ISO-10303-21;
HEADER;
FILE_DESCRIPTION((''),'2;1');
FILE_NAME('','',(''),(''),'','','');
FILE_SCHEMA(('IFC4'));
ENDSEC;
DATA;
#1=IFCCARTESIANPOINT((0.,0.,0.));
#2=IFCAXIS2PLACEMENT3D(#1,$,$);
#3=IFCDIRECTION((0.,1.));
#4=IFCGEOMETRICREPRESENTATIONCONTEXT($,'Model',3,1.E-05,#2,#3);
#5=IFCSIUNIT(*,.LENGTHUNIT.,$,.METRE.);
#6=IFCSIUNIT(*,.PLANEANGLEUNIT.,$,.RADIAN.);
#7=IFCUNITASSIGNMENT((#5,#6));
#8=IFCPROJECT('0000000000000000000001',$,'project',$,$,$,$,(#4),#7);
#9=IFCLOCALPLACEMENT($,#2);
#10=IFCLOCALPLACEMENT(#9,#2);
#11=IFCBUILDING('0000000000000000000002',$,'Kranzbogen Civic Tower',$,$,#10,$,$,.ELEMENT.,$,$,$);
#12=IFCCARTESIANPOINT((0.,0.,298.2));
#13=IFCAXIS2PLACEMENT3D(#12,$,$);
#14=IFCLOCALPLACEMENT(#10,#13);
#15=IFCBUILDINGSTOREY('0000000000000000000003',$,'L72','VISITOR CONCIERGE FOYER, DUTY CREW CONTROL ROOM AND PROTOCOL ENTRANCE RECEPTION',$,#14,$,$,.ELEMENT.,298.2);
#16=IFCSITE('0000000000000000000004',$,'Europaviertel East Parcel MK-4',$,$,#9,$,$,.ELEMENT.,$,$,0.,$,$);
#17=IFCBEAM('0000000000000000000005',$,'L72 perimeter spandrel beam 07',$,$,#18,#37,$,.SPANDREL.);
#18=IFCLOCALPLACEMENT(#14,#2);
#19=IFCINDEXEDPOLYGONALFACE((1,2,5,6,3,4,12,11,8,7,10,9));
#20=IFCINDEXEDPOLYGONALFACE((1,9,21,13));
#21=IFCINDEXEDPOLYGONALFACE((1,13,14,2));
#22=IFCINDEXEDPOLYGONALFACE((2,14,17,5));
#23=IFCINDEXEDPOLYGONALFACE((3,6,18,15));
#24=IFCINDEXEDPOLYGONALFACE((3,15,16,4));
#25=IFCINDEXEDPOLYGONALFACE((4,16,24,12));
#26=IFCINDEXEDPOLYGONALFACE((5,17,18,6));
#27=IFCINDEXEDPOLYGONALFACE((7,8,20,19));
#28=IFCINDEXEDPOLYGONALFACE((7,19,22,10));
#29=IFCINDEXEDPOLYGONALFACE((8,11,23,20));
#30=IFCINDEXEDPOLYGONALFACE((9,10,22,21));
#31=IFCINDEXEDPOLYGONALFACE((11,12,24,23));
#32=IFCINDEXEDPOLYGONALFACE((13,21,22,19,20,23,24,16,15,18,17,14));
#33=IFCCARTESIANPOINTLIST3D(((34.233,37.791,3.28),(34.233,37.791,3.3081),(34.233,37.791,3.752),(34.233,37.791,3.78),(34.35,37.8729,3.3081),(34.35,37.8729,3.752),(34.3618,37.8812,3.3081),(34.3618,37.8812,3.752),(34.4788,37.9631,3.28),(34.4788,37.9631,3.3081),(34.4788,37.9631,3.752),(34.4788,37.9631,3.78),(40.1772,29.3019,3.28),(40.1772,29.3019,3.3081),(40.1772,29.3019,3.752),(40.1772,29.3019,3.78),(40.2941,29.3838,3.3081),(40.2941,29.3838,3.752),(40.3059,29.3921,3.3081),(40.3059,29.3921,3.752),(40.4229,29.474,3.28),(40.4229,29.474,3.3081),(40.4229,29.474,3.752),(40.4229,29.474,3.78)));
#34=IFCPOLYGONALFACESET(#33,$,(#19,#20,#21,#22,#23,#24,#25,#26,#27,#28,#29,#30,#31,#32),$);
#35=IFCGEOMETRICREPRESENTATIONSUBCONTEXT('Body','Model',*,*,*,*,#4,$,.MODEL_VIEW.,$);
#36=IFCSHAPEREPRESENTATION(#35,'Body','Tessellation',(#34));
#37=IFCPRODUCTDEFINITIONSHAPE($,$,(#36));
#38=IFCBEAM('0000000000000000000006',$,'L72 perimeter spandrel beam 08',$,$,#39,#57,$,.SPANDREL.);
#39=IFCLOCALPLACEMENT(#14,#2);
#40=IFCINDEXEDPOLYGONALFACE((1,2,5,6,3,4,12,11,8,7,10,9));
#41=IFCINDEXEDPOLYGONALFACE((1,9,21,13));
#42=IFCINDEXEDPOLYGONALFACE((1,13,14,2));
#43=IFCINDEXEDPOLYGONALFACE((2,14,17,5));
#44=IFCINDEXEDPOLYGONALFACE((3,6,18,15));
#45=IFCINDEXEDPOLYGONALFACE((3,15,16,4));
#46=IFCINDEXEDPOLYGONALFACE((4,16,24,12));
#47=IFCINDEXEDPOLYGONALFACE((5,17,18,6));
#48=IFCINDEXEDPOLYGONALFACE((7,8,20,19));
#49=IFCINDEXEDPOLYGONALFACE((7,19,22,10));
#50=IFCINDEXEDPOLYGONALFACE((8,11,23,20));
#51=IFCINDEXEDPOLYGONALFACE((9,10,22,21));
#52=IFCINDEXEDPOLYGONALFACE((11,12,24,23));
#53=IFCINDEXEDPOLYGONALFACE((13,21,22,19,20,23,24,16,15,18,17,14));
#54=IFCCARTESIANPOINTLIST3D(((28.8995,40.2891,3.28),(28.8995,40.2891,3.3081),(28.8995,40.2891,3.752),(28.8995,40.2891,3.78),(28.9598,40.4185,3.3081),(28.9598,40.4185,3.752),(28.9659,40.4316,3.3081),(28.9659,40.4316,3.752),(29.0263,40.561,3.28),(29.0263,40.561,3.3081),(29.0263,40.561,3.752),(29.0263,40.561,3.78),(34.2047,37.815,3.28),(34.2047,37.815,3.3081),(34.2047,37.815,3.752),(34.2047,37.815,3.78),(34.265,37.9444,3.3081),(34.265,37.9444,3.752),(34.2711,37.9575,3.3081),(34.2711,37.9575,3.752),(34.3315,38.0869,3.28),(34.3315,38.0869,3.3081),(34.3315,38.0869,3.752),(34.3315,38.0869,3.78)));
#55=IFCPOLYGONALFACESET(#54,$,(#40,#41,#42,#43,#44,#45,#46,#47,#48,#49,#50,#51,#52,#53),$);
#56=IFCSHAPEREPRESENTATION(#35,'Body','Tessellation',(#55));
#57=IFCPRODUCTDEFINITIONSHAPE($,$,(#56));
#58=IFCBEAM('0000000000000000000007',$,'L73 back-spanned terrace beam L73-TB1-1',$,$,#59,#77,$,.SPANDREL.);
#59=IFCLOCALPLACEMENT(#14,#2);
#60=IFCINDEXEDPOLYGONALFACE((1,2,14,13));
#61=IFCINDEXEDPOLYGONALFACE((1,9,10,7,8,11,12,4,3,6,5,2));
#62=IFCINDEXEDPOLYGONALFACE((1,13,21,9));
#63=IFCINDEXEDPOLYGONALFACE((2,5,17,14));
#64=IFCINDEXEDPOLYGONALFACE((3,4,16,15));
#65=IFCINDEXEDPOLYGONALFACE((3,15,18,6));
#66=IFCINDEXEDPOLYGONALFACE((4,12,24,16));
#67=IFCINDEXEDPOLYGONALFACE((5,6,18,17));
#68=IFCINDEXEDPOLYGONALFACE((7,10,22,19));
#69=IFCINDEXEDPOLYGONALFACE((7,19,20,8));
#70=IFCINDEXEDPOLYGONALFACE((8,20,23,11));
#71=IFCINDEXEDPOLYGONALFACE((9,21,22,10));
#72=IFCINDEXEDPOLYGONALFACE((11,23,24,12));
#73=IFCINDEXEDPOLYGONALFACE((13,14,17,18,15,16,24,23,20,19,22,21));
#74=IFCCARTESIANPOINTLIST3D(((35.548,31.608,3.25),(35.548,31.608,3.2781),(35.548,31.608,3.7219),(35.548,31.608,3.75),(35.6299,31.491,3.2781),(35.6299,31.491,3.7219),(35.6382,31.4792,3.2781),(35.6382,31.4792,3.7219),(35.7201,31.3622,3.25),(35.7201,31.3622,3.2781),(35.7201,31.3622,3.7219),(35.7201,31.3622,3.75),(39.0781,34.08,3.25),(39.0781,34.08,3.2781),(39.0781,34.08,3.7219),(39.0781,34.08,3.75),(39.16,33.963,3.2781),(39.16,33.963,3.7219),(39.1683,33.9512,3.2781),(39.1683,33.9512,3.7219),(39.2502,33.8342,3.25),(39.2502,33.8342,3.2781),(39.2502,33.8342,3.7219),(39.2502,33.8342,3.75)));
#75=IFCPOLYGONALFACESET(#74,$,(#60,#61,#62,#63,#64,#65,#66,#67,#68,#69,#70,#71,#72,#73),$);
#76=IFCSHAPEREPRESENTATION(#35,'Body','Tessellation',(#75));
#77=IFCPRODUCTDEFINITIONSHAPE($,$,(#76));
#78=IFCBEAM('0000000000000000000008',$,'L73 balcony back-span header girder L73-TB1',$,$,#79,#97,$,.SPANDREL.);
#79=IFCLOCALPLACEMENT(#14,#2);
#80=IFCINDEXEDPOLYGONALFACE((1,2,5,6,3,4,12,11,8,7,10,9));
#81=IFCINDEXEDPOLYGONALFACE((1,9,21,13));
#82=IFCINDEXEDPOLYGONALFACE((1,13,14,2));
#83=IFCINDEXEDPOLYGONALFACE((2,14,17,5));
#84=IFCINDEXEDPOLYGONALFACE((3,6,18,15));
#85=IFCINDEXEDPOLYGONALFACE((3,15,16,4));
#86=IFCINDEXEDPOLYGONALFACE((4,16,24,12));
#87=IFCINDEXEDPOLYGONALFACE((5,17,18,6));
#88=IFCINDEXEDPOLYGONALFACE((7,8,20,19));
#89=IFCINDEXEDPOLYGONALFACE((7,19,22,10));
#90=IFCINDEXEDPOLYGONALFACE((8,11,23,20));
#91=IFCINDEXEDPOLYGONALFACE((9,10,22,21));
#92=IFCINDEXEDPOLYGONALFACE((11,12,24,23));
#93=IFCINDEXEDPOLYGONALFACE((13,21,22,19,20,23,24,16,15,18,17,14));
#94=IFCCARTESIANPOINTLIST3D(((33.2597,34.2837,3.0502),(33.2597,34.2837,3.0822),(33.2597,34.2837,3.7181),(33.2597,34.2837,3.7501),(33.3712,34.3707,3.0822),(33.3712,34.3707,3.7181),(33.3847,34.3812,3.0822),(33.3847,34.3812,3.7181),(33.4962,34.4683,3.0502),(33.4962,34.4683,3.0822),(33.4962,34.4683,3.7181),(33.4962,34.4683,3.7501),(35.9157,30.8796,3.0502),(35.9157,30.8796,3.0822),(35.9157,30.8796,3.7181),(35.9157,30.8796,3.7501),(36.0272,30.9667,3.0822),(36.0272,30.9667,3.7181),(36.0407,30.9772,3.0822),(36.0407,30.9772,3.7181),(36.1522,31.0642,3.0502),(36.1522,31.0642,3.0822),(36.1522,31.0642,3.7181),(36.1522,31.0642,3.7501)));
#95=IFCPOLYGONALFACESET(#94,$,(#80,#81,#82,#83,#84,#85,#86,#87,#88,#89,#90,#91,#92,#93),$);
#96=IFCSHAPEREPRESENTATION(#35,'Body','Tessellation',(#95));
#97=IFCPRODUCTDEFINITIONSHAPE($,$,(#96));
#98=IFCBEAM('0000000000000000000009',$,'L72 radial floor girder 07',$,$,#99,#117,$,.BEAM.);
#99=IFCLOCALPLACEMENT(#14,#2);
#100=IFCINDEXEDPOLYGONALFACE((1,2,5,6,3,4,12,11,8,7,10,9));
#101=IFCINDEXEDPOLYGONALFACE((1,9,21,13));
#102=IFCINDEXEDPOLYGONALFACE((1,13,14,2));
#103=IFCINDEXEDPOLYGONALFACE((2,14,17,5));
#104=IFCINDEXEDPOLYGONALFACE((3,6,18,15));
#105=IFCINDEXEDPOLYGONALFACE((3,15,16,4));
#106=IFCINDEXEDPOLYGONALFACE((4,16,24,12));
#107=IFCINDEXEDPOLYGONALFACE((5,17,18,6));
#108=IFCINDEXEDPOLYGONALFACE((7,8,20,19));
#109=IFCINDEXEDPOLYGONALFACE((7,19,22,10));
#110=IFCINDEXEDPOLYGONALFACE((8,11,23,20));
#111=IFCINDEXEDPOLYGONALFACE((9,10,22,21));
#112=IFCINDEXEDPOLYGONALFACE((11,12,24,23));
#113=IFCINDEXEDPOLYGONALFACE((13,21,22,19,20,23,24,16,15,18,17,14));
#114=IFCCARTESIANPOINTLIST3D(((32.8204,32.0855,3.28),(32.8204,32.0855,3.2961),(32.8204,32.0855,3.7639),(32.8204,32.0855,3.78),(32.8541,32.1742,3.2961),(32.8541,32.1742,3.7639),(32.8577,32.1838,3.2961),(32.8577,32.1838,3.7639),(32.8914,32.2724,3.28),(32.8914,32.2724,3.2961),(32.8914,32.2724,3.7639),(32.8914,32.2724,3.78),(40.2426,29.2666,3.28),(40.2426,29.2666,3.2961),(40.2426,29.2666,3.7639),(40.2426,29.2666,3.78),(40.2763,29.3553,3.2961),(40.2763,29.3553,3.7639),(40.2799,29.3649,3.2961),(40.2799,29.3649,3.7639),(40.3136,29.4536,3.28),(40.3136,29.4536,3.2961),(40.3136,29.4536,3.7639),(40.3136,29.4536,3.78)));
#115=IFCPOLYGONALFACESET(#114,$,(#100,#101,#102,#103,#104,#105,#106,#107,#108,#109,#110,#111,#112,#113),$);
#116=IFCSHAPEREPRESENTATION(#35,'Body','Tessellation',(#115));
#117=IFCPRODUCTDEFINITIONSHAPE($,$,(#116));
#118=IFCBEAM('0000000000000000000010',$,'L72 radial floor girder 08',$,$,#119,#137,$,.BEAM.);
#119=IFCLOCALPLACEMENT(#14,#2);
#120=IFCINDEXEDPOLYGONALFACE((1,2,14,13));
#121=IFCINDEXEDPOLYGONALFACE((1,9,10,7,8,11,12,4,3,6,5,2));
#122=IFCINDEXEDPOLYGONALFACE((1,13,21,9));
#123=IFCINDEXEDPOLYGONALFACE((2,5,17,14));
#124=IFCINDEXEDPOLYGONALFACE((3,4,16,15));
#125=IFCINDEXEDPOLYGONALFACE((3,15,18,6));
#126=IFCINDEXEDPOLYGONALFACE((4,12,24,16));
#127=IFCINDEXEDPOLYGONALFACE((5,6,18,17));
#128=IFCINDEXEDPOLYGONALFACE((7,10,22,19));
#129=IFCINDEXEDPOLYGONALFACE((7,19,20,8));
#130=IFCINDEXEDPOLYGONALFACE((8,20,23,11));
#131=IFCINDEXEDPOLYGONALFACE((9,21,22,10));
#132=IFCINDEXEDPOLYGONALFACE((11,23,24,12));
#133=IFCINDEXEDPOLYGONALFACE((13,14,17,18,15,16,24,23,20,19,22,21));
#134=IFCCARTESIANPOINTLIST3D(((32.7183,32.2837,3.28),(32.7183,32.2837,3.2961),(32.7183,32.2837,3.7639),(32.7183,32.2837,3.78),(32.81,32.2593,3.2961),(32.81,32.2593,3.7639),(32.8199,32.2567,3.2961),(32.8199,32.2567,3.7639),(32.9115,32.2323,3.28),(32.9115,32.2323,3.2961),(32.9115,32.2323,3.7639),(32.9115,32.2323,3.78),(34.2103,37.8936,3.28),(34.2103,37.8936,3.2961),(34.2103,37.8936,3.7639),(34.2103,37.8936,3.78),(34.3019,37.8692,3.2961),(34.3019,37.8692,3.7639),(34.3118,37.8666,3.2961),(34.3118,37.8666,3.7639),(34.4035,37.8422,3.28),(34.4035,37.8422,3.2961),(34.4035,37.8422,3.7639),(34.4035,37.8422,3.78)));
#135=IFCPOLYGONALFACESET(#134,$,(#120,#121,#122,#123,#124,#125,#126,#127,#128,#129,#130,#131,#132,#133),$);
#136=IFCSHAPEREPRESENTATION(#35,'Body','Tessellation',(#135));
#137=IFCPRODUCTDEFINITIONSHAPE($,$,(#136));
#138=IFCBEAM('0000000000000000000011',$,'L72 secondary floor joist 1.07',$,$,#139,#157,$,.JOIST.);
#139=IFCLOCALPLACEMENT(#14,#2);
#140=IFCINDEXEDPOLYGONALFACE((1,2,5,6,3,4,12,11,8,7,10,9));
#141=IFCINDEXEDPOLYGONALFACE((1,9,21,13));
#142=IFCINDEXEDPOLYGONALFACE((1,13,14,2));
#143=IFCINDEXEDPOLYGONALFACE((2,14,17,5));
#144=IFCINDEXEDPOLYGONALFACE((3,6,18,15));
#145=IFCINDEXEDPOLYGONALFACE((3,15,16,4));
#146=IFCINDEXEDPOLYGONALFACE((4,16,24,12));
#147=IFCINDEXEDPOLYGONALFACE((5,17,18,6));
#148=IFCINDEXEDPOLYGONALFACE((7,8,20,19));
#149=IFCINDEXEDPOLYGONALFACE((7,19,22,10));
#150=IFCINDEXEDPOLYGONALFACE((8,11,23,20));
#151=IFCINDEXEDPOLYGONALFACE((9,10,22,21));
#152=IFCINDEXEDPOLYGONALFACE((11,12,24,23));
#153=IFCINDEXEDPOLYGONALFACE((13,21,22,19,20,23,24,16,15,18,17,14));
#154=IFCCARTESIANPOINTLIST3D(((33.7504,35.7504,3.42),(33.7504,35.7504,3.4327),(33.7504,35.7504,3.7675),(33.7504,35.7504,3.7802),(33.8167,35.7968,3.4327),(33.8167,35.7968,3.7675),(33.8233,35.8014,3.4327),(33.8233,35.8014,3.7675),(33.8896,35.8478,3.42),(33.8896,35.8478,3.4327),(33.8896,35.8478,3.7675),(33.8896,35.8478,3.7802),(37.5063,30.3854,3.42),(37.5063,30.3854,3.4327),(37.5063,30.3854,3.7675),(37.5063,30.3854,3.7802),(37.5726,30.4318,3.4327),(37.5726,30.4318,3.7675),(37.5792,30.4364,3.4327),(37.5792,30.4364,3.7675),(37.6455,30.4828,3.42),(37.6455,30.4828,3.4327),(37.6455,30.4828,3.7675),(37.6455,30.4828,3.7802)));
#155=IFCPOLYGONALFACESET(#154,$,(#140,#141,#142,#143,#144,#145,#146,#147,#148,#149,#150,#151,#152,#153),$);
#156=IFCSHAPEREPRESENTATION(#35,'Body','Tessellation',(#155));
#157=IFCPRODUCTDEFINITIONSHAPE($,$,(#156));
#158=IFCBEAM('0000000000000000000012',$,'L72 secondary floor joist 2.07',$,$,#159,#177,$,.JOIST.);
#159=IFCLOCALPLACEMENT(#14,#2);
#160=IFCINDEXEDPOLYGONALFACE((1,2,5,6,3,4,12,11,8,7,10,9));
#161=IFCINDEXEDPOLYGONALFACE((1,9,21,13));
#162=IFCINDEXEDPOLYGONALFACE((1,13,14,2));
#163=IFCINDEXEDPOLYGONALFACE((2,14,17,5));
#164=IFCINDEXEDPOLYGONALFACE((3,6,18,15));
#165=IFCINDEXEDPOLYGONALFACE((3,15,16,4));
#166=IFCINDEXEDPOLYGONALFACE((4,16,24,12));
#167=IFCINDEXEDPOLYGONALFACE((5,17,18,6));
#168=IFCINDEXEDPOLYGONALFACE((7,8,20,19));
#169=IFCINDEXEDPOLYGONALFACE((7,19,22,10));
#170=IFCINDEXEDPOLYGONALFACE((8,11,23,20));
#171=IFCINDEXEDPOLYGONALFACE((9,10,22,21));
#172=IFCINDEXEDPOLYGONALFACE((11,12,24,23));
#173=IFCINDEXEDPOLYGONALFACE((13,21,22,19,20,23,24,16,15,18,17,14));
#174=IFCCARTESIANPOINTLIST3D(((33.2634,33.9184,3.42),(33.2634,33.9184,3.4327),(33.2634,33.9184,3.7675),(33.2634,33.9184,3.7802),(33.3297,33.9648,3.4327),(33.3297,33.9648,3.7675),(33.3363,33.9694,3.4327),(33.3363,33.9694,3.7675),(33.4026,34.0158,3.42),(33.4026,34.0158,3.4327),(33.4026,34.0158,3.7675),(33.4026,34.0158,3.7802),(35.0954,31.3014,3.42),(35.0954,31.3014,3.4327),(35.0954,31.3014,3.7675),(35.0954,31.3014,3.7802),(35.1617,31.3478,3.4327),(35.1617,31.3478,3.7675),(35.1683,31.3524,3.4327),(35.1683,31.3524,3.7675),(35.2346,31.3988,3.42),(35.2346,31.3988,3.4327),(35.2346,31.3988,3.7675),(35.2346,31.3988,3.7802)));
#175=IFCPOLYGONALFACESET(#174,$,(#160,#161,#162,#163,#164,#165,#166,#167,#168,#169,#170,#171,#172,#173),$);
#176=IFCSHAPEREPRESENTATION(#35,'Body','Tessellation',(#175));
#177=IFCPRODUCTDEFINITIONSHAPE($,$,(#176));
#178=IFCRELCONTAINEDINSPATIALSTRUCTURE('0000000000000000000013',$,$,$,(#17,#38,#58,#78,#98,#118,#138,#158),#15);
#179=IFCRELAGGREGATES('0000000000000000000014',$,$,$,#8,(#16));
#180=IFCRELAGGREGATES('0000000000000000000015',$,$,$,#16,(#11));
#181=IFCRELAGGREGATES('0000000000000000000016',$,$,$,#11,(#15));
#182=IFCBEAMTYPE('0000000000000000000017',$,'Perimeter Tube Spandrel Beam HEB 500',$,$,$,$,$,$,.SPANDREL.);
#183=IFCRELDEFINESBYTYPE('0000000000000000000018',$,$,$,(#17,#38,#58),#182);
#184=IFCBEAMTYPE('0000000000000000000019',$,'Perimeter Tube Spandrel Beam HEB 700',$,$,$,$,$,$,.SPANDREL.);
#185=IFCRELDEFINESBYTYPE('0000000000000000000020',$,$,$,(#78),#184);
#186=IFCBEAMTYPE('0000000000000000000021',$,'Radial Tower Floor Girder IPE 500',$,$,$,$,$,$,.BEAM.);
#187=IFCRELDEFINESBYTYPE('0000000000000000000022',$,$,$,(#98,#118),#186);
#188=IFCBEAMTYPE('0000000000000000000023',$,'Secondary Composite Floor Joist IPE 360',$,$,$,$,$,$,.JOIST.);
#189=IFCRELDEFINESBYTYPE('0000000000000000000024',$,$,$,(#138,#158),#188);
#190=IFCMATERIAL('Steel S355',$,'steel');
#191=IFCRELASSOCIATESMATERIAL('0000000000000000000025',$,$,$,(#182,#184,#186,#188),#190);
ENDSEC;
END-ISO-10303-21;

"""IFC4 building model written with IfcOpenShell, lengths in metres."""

from ifc_helpers import new_model, si_unit, direction, frame, origin, origin_2d, place, context, subcontext, project, spatial, i_section, extrude, material, material_profile, profile_set, type_object, element, save


model = new_model("IFC4")

# Units and contexts
model_context = context("Model", 3, precision=1e-05, world=origin(), true_north=direction((0.0, 1.0)))
body_context = subcontext(model_context, "Body", "Model", "MODEL_VIEW")
ifc_project = project(units=[si_unit("LENGTHUNIT", "METRE"), si_unit("PLANEANGLEUNIT", "RADIAN")], contexts=[model_context])

# Site, building, storey
site_placement = place(None, origin())
site = spatial("IfcSite", under=ifc_project, at=site_placement, Name="Europaviertel East Parcel MK-4", CompositionType="ELEMENT", RefElevation=0.0)
building_placement = place(site_placement, origin())
building = spatial("IfcBuilding", under=site, at=building_placement, Name="Kranzbogen Civic Tower", CompositionType="ELEMENT")
storey_placement = place(building_placement, frame((0.0, 0.0, 298.2)))
storey = spatial("IfcBuildingStorey", under=building, at=storey_placement, Name="L72", Description="VISITOR CONCIERGE FOYER, DUTY CREW CONTROL ROOM AND PROTOCOL ENTRANCE RECEPTION", CompositionType="ELEMENT", Elevation=298.2)

# Shared definitions
ifc_material_1 = material(Name="Steel S355", Category="steel")

# Beams
ifc_material_profile_1 = material_profile(ifc_material_1, i_section(OverallWidth=0.3, OverallDepth=0.5, WebThickness=0.0144, FlangeThickness=0.0281, at=origin_2d()), Name="HEB 500")
ifc_profile_set_1 = profile_set([ifc_material_profile_1], Name="Steel S355")
beam_type_1 = type_object("IfcBeamType", Name="Perimeter Tube Spandrel Beam HEB 500", PredefinedType="SPANDREL", material=ifc_profile_set_1)
beam_1_placement = place(storey_placement, frame((40.3, 29.3879, 3.53), z_axis=(-0.573578, 0.819151, 0.0), x_axis=(-0.819151, -0.573578, 0.0)))
element("IfcBeam", 1, at=beam_1_placement, inside=storey, type_object=beam_type_1, Name="L72 perimeter spandrel beam 07", PredefinedType="SPANDREL", context=body_context, shape_type="SweptSolid", body=[
    extrude(i_section(OverallWidth=0.3, OverallDepth=0.5, WebThickness=0.0144, FlangeThickness=0.0281, at=origin_2d()), origin(), (0.0, 0.0, 1.0), 10.3633),
])
beam_2_placement = place(storey_placement, frame((34.2681, 37.9509, 3.53), z_axis=(-0.90629, 0.422657, 0.0), x_axis=(-0.422657, -0.90629, 0.0)))
element("IfcBeam", 2, at=beam_2_placement, inside=storey, type_object=beam_type_1, Name="L72 perimeter spandrel beam 08", PredefinedType="SPANDREL", context=body_context, shape_type="SweptSolid", body=[
    extrude(i_section(OverallWidth=0.3, OverallDepth=0.5, WebThickness=0.0144, FlangeThickness=0.0281, at=origin_2d()), origin(), (0.0, 0.0, 1.0), 5.8538),
])
beam_3_placement = place(storey_placement, frame((35.634, 31.4851, 3.5), z_axis=(0.819133, 0.573603, 0.0), x_axis=(-0.573603, 0.819133, 0.0)))
element("IfcBeam", 3, at=beam_3_placement, inside=storey, type_object=beam_type_1, Name="L73 back-spanned terrace beam L73-TB1-1", PredefinedType="SPANDREL", context=body_context, shape_type="SweptSolid", body=[
    extrude(i_section(OverallWidth=0.3, OverallDepth=0.5, WebThickness=0.0144, FlangeThickness=0.0281, at=origin_2d()), origin(), (0.0, 0.0, 1.0), 4.3096),
])
ifc_material_profile_2 = material_profile(ifc_material_1, i_section(OverallWidth=0.3, OverallDepth=0.7, WebThickness=0.0171, FlangeThickness=0.032, at=origin_2d()), Name="HEB 700")
ifc_profile_set_2 = profile_set([ifc_material_profile_2], Name="Steel S355")
beam_type_2 = type_object("IfcBeamType", Name="Perimeter Tube Spandrel Beam HEB 700", PredefinedType="SPANDREL", material=ifc_profile_set_2)
beam_4_placement = place(storey_placement, frame((36.0339, 30.9719, 3.4001), z_axis=(-0.615153, 0.788407, 0.0), x_axis=(-0.788407, -0.615153, 0.0)))
element("IfcBeam", 4, at=beam_4_placement, inside=storey, type_object=beam_type_2, Name="L73 balcony back-span header girder L73-TB1", PredefinedType="SPANDREL", context=body_context, shape_type="SweptSolid", body=[
    extrude(i_section(OverallWidth=0.3, OverallDepth=0.7, WebThickness=0.0171, FlangeThickness=0.032, at=origin_2d()), origin(), (0.0, 0.0, 1.0), 4.3176),
])
ifc_material_profile_3 = material_profile(ifc_material_1, i_section(OverallWidth=0.2, OverallDepth=0.5, WebThickness=0.0103, FlangeThickness=0.0161, at=origin_2d()), Name="IPE 500")
ifc_profile_set_3 = profile_set([ifc_material_profile_3], Name="Steel S355")
beam_type_3 = type_object("IfcBeamType", Name="Radial Tower Floor Girder IPE 500", PredefinedType="BEAM", material=ifc_profile_set_3)
beam_5_placement = place(storey_placement, frame((40.2781, 29.3601, 3.53), z_axis=(-0.934849, 0.355046, 0.0), x_axis=(-0.355046, -0.934849, 0.0)))
element("IfcBeam", 5, at=beam_5_placement, inside=storey, type_object=beam_type_3, Name="L72 radial floor girder 07", PredefinedType="BEAM", context=body_context, shape_type="SweptSolid", body=[
    extrude(i_section(OverallWidth=0.2, OverallDepth=0.5, WebThickness=0.0103, FlangeThickness=0.0161, at=origin_2d()), origin(), (0.0, 0.0, 1.0), 7.9395),
])
beam_6_placement = place(storey_placement, frame((34.3069, 37.8679, 3.53), z_axis=(-0.257016, -0.966407, 0.0), x_axis=(0.966407, -0.257016, 0.0)))
element("IfcBeam", 6, at=beam_6_placement, inside=storey, type_object=beam_type_3, Name="L72 radial floor girder 08", PredefinedType="BEAM", context=body_context, shape_type="SweptSolid", body=[
    extrude(i_section(OverallWidth=0.2, OverallDepth=0.5, WebThickness=0.0103, FlangeThickness=0.0161, at=origin_2d()), origin(), (0.0, 0.0, 1.0), 5.8049),
])
ifc_material_profile_4 = material_profile(ifc_material_1, i_section(OverallWidth=0.1699, OverallDepth=0.3601, WebThickness=0.0081, FlangeThickness=0.0127, at=origin_2d()), Name="IPE 360")
ifc_profile_set_4 = profile_set([ifc_material_profile_4], Name="Steel S355")
beam_type_4 = type_object("IfcBeamType", Name="Secondary Composite Floor Joist IPE 360", PredefinedType="JOIST", material=ifc_profile_set_4)
beam_7_placement = place(storey_placement, frame((37.5759, 30.4341, 3.6001), z_axis=(-0.5735, 0.819206, 0.0), x_axis=(-0.819206, -0.5735, 0.0)))
element("IfcBeam", 7, at=beam_7_placement, inside=storey, type_object=beam_type_4, Name="L72 secondary floor joist 1.07", PredefinedType="JOIST", context=body_context, shape_type="SweptSolid", body=[
    extrude(i_section(OverallWidth=0.1699, OverallDepth=0.3601, WebThickness=0.0081, FlangeThickness=0.0127, at=origin_2d()), origin(), (0.0, 0.0, 1.0), 6.5491),
])
beam_8_placement = place(storey_placement, frame((35.165, 31.3501, 3.6001), z_axis=(-0.573498, 0.819207, 0.0), x_axis=(-0.819207, -0.573498, 0.0)))
element("IfcBeam", 8, at=beam_8_placement, inside=storey, type_object=beam_type_4, Name="L72 secondary floor joist 2.07", PredefinedType="JOIST", context=body_context, shape_type="SweptSolid", body=[
    extrude(i_section(OverallWidth=0.1699, OverallDepth=0.3601, WebThickness=0.0081, FlangeThickness=0.0127, at=origin_2d()), origin(), (0.0, 0.0, 1.0), 3.1946),
])

save(model, "model.ifc")
